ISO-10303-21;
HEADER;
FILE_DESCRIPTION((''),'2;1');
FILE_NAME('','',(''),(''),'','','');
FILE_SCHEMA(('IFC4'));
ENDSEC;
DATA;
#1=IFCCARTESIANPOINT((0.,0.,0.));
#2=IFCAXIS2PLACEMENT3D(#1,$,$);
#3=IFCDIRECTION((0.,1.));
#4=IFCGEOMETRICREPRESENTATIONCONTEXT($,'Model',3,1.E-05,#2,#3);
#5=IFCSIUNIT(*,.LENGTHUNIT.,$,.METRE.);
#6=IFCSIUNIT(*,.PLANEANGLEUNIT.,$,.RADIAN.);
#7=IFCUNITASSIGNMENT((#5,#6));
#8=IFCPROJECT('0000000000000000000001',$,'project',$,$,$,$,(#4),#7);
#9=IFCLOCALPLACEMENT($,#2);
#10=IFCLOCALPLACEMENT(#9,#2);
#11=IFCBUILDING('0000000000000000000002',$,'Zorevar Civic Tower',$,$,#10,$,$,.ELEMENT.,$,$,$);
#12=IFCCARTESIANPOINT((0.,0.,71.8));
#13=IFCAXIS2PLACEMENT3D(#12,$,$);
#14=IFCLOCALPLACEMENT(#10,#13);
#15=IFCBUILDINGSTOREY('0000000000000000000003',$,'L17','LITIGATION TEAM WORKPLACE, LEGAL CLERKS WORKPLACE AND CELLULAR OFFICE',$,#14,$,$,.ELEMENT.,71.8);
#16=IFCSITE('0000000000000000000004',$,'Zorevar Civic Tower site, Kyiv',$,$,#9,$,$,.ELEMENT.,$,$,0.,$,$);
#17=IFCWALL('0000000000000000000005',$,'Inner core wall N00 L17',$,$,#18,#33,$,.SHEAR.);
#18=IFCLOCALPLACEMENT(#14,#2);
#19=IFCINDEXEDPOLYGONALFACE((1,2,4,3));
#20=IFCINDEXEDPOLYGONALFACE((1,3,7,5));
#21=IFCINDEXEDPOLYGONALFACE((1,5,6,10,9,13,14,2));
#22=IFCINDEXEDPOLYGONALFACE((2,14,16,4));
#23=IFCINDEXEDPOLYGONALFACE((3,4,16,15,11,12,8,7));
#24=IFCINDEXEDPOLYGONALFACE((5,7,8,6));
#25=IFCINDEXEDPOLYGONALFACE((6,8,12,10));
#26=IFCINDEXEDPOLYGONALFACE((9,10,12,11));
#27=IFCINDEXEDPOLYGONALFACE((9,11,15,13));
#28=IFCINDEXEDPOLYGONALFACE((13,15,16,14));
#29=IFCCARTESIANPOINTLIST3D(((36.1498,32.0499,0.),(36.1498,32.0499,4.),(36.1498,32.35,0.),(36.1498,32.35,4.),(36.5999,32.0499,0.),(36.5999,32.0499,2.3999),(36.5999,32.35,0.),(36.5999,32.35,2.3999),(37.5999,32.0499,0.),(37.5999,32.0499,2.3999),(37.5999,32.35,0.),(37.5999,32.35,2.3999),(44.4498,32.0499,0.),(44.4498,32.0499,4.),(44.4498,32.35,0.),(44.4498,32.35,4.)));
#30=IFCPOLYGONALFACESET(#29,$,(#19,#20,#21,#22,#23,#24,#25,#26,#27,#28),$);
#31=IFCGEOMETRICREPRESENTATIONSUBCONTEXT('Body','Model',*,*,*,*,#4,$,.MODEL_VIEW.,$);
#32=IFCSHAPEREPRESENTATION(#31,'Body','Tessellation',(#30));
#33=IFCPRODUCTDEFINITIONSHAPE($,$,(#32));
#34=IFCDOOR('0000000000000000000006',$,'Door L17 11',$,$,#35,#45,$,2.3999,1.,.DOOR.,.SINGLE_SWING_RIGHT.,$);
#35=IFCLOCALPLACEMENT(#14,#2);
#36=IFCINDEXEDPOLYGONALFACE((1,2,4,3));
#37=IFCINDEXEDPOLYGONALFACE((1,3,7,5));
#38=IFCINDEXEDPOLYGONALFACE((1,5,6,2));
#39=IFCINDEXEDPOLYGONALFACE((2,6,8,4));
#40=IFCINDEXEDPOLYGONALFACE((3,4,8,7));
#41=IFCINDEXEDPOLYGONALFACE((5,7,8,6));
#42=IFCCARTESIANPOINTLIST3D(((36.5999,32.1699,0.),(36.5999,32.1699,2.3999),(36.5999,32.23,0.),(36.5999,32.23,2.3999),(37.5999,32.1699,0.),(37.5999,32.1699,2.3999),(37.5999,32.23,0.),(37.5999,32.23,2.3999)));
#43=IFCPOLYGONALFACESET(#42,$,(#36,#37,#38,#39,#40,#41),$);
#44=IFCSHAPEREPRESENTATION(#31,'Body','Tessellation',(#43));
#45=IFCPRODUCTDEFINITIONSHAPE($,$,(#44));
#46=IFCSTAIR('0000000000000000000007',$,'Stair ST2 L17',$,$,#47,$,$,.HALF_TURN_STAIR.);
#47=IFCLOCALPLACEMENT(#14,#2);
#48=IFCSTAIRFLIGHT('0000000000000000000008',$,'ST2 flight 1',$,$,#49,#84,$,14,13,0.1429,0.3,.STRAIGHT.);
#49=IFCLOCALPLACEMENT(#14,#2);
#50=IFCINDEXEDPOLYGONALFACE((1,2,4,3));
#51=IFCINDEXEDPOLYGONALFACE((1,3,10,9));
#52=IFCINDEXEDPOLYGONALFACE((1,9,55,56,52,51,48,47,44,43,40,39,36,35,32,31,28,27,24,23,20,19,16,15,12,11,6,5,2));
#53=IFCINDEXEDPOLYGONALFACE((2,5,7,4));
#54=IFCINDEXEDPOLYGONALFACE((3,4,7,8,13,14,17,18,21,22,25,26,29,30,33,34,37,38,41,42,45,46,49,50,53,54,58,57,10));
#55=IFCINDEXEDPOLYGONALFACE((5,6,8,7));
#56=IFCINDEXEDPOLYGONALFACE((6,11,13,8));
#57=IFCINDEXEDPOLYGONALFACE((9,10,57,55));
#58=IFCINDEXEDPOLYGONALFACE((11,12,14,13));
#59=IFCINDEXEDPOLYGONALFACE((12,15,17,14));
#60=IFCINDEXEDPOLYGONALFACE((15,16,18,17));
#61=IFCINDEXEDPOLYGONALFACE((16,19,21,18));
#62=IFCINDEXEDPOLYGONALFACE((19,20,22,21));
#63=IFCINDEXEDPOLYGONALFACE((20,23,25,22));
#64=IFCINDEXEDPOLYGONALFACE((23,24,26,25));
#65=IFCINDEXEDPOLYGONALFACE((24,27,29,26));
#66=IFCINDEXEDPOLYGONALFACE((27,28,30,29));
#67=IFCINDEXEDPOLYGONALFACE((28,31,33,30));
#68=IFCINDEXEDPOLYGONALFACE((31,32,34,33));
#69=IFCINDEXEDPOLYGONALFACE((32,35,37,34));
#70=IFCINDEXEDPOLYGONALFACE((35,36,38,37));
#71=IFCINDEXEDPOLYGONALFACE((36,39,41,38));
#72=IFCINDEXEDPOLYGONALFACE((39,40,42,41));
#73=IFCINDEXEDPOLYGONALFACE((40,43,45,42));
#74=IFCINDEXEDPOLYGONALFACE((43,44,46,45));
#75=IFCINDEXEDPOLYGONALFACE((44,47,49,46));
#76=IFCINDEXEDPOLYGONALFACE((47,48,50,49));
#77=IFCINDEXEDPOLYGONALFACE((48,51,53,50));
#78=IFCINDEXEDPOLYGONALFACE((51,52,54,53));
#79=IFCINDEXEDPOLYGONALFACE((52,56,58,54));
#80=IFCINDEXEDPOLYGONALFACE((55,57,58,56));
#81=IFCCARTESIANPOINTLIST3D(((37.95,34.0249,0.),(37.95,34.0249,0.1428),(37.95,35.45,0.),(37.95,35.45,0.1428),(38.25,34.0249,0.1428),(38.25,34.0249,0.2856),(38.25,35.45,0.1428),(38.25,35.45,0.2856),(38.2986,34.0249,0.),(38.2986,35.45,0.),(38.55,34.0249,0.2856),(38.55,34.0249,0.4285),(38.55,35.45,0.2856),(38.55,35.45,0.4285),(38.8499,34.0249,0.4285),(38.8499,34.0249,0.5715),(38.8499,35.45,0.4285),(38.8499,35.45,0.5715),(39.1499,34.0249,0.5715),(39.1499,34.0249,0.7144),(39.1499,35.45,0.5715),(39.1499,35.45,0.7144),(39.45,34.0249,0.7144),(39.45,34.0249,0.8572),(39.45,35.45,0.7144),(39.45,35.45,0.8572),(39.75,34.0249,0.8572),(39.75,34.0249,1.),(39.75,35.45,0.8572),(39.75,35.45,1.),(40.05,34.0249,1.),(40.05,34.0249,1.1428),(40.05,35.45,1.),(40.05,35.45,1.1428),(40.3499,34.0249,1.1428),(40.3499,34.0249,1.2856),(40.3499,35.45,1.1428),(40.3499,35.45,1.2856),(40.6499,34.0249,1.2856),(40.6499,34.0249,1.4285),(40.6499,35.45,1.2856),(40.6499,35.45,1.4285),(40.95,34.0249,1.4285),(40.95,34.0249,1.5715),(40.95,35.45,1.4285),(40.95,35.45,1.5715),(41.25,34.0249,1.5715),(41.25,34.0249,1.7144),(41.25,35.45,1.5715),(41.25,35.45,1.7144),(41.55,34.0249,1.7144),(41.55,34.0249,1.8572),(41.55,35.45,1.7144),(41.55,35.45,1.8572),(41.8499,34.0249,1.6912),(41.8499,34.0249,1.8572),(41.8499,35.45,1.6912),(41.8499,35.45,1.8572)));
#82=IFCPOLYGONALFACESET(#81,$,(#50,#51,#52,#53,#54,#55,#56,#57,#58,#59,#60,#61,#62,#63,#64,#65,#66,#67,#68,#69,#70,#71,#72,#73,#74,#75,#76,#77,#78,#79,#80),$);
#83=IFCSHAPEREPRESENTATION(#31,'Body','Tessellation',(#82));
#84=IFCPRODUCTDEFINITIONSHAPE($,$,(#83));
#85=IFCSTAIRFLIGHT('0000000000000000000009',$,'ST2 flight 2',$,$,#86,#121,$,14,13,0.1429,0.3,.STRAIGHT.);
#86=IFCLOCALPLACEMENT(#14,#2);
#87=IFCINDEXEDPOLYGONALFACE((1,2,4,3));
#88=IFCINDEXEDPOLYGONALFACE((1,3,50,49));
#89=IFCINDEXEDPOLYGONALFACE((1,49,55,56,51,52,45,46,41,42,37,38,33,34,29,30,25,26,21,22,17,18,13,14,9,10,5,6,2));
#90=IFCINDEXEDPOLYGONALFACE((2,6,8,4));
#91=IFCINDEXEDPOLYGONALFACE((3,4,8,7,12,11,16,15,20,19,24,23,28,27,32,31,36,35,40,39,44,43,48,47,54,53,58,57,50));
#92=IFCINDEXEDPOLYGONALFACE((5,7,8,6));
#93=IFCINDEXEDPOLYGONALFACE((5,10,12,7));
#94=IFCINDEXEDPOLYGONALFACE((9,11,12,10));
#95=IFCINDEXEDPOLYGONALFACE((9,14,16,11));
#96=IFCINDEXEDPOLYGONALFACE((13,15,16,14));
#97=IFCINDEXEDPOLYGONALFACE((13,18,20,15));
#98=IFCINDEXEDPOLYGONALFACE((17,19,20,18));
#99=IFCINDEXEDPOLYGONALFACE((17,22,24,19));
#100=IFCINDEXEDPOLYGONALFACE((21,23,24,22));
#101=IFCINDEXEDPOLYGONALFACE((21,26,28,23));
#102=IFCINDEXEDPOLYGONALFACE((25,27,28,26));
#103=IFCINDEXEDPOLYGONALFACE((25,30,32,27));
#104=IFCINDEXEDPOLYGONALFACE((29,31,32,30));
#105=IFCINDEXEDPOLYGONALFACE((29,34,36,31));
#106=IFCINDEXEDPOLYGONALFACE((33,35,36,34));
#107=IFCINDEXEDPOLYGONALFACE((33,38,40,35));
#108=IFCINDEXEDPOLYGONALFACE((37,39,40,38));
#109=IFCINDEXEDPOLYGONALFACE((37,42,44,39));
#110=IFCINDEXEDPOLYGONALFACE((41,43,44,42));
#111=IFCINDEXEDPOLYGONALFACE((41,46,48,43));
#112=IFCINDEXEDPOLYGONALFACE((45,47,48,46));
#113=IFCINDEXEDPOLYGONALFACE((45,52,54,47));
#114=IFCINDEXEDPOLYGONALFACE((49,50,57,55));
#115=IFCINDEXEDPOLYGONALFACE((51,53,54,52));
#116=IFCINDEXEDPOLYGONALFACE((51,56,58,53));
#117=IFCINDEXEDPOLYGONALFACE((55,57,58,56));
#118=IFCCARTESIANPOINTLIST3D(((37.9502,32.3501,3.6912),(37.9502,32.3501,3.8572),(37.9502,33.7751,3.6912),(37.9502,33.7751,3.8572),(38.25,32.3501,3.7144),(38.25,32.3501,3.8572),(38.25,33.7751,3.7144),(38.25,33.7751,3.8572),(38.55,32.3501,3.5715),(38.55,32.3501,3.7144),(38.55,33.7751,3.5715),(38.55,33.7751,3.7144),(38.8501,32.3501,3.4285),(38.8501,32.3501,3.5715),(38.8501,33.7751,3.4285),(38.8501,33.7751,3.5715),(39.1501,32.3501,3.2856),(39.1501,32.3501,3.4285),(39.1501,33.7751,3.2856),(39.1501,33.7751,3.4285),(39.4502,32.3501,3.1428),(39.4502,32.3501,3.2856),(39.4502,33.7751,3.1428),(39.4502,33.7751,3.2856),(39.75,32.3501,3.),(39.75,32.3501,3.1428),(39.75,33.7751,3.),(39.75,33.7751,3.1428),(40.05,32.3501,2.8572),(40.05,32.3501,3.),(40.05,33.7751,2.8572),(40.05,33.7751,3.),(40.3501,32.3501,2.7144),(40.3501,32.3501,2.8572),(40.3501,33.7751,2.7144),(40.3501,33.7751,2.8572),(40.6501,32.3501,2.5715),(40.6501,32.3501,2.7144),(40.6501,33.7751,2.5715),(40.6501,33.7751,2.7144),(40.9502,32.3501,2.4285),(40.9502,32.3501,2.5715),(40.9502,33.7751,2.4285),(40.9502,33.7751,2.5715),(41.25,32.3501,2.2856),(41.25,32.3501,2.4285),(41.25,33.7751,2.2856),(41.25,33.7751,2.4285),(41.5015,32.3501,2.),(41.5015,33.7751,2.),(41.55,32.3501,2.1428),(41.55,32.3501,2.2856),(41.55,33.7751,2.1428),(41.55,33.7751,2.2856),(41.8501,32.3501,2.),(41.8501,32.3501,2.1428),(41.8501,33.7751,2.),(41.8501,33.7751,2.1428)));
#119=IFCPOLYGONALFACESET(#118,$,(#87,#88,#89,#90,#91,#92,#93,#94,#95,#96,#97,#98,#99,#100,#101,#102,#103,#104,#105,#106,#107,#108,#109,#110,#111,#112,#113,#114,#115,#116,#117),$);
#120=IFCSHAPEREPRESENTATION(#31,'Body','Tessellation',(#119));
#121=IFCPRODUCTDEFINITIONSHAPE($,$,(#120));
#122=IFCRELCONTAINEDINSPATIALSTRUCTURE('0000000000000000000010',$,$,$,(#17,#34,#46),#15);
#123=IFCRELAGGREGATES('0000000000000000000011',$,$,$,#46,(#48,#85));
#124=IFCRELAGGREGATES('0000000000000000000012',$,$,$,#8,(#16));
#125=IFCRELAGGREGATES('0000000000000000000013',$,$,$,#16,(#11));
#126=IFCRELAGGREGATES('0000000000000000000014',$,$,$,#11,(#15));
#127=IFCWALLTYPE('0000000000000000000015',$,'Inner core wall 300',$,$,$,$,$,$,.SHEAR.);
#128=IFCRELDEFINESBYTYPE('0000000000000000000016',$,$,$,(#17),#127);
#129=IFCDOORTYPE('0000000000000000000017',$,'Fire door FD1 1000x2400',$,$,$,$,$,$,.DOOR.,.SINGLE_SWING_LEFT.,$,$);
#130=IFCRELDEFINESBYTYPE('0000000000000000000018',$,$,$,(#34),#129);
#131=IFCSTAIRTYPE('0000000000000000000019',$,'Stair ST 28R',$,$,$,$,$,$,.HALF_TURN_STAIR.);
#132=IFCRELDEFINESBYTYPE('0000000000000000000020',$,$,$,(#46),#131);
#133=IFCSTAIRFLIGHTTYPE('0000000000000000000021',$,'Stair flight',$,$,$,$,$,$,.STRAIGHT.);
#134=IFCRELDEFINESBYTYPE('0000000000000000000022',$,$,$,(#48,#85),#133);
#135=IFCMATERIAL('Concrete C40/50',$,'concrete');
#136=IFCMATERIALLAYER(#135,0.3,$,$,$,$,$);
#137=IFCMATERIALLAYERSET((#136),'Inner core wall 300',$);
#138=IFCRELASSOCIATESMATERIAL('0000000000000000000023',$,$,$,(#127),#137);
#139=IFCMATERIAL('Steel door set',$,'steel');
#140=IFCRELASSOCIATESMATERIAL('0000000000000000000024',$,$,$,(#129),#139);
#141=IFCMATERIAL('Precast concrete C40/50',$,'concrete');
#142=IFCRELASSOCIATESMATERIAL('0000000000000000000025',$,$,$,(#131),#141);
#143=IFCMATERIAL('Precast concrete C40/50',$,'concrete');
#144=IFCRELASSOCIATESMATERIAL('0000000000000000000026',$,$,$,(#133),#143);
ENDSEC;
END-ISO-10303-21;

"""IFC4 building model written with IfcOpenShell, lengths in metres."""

from ifc_helpers import new_model, si_unit, direction, frame, frame_2d, origin, place, context, subcontext, project, spatial, polyline, rectangle, outline, extrude, material, layer, layer_set, type_object, element, fill, aggregate, save


model = new_model("IFC4")

# Units and contexts
model_context = context("Model", 3, precision=1e-05, world=origin(), true_north=direction((0.0, 1.0)))
body_context = subcontext(model_context, "Body", "Model", "MODEL_VIEW")
ifc_project = project(units=[si_unit("LENGTHUNIT", "METRE"), si_unit("PLANEANGLEUNIT", "RADIAN")], contexts=[model_context])

# Site, building, storey
site_placement = place(None, origin())
site = spatial("IfcSite", under=ifc_project, at=site_placement, Name="Zorevar Civic Tower site, Kyiv", CompositionType="ELEMENT", RefElevation=0.0)
building_placement = place(site_placement, origin())
building = spatial("IfcBuilding", under=site, at=building_placement, Name="Zorevar Civic Tower", CompositionType="ELEMENT")
storey_placement = place(building_placement, frame((0.0, 0.0, 71.8)))
storey = spatial("IfcBuildingStorey", under=building, at=storey_placement, Name="L17", Description="LITIGATION TEAM WORKPLACE, LEGAL CLERKS WORKPLACE AND CELLULAR OFFICE", CompositionType="ELEMENT", Elevation=71.8)

# Wall, opening, door
ifc_material_1 = material(Name="Concrete C40/50", Category="concrete")
ifc_layer_1 = layer(ifc_material_1, 0.3)
ifc_layer_set_1 = layer_set([ifc_layer_1], Name="Inner core wall 300")
wall_type_1 = type_object("IfcWallType", Name="Inner core wall 300", PredefinedType="SHEAR", material=ifc_layer_set_1)
wall_1_placement = place(storey_placement, frame((36.1499, 32.2, 0.0), z_axis=(0.0, 0.0, 1.0), x_axis=(1.0, 0.0, 0.0)))
wall_1 = element("IfcWall", 1, at=wall_1_placement, inside=storey, type_object=wall_type_1, Name="Inner core wall N00 L17", PredefinedType="SHEAR", context=body_context, shape_type="SweptSolid", body=[
    extrude(rectangle(XDim=8.3, YDim=0.3, at=frame_2d((4.1499, 0.0))), origin(), (0.0, 0.0, 1.0), 4.0),
])
opening_1_placement = place(wall_1_placement, frame((0.45, 0.0, 0.0)))
opening_1 = element("IfcOpeningElement", 2, at=opening_1_placement, cuts=wall_1, PredefinedType="OPENING", context=body_context, shape_type="SweptSolid", body=[
    extrude(rectangle(XDim=1.0, YDim=2.3999, at=frame_2d((0.5, 1.2))), frame((0.0, 0.1599, 0.0), z_axis=(0.0, -1.0, 0.0), x_axis=(1.0, 0.0, 0.0)), (0.0, 0.0, 1.0), 0.3201),
])
ifc_material_2 = material(Name="Steel door set", Category="steel")
door_type_1 = type_object("IfcDoorType", Name="Fire door FD1 1000x2400", OperationType="SINGLE_SWING_LEFT", PredefinedType="DOOR", material=ifc_material_2)
door_1_placement = place(opening_1_placement, origin())
door_1 = element("IfcDoor", 3, at=door_1_placement, inside=storey, type_object=door_type_1, Name="Door L17 11", OperationType="SINGLE_SWING_RIGHT", OverallHeight=2.3999, OverallWidth=1.0, PredefinedType="DOOR", context=body_context, shape_type="SweptSolid", body=[
    extrude(rectangle(XDim=1.0, YDim=2.3999, at=frame_2d((0.5, 1.2))), frame((0.0, 0.03, 0.0), z_axis=(0.0, -1.0, 0.0), x_axis=(1.0, 0.0, 0.0)), (0.0, 0.0, 1.0), 0.0601),
])
fill(opening_1, door_1)

# Stair, stair flights
ifc_material_3 = material(Name="Precast concrete C40/50", Category="concrete")
stair_type = type_object("IfcStairType", Name="Stair ST 28R", PredefinedType="HALF_TURN_STAIR", material=ifc_material_3)
stair_placement = place(storey_placement, origin())
stair = element("IfcStair", 4, at=stair_placement, inside=storey, type_object=stair_type, Name="Stair ST2 L17", PredefinedType="HALF_TURN_STAIR")
ifc_material_4 = material(Name="Precast concrete C40/50", Category="concrete")
stair_flight_type = type_object("IfcStairFlightType", Name="Stair flight", PredefinedType="STRAIGHT", material=ifc_material_4)
stair_flight_1_placement = place(storey_placement, frame((37.95, 34.7375, 0.0), z_axis=(0.0, 0.0, 1.0), x_axis=(1.0, 0.0, 0.0)))
stair_flight_1 = element("IfcStairFlight", 5, at=stair_flight_1_placement, type_object=stair_flight_type, Name="ST2 flight 1", NumberOfRisers=14, NumberOfTreads=13, PredefinedType="STRAIGHT", RiserHeight=0.1429, TreadLength=0.3, context=body_context, shape_type="SweptSolid", body=[
    extrude(outline(polyline([(0.0, 0.0), (0.0, 0.1428), (0.3, 0.1428), (0.3, 0.2856), (0.6001, 0.2856), (0.6001, 0.4285), (0.8999, 0.4285), (0.8999, 0.5715), (1.2, 0.5715), (1.2, 0.7144), (1.5, 0.7144), (1.5, 0.8572), (1.8, 0.8572), (1.8, 1.0), (2.1001, 1.0), (2.1001, 1.1428), (2.3999, 1.1428), (2.3999, 1.2856), (2.7, 1.2856), (2.7, 1.4285), (3.0, 1.4285), (3.0, 1.5715), (3.3, 1.5715), (3.3, 1.7144), (3.6001, 1.7144), (3.6001, 1.8572), (3.8999, 1.8572), (3.8999, 2.0), (3.8999, 1.6912), (0.3486, 0.0), (0.0, 0.0)])), frame((0.0, 0.7124, 0.0), z_axis=(0.0, -1.0, 0.0), x_axis=(1.0, 0.0, 0.0)), (0.0, 0.0, 1.0), 1.425),
])
stair_flight_2_placement = place(storey_placement, frame((41.8501, 33.0625, 2.0), z_axis=(0.0, 0.0, 1.0), x_axis=(-1.0, 0.0, 0.0)))
stair_flight_2 = element("IfcStairFlight", 6, at=stair_flight_2_placement, type_object=stair_flight_type, Name="ST2 flight 2", NumberOfRisers=14, NumberOfTreads=13, PredefinedType="STRAIGHT", RiserHeight=0.1429, TreadLength=0.3, context=body_context, shape_type="SweptSolid", body=[
    extrude(outline(polyline([(0.0, 0.0), (0.0, 0.1428), (0.3, 0.1428), (0.3, 0.2856), (0.6001, 0.2856), (0.6001, 0.4285), (0.8999, 0.4285), (0.8999, 0.5715), (1.2, 0.5715), (1.2, 0.7144), (1.5, 0.7144), (1.5, 0.8572), (1.8, 0.8572), (1.8, 1.0), (2.1001, 1.0), (2.1001, 1.1428), (2.3999, 1.1428), (2.3999, 1.2856), (2.7, 1.2856), (2.7, 1.4285), (3.0, 1.4285), (3.0, 1.5715), (3.3, 1.5715), (3.3, 1.7144), (3.6001, 1.7144), (3.6001, 1.8572), (3.8999, 1.8572), (3.8999, 2.0), (3.8999, 1.6912), (0.3486, 0.0), (0.0, 0.0)])), frame((0.0, 0.7124, 0.0), z_axis=(0.0, -1.0, 0.0), x_axis=(1.0, 0.0, 0.0)), (0.0, 0.0, 1.0), 1.425),
])
aggregate(stair, [stair_flight_1, stair_flight_2])

save(model, "model.ifc")
